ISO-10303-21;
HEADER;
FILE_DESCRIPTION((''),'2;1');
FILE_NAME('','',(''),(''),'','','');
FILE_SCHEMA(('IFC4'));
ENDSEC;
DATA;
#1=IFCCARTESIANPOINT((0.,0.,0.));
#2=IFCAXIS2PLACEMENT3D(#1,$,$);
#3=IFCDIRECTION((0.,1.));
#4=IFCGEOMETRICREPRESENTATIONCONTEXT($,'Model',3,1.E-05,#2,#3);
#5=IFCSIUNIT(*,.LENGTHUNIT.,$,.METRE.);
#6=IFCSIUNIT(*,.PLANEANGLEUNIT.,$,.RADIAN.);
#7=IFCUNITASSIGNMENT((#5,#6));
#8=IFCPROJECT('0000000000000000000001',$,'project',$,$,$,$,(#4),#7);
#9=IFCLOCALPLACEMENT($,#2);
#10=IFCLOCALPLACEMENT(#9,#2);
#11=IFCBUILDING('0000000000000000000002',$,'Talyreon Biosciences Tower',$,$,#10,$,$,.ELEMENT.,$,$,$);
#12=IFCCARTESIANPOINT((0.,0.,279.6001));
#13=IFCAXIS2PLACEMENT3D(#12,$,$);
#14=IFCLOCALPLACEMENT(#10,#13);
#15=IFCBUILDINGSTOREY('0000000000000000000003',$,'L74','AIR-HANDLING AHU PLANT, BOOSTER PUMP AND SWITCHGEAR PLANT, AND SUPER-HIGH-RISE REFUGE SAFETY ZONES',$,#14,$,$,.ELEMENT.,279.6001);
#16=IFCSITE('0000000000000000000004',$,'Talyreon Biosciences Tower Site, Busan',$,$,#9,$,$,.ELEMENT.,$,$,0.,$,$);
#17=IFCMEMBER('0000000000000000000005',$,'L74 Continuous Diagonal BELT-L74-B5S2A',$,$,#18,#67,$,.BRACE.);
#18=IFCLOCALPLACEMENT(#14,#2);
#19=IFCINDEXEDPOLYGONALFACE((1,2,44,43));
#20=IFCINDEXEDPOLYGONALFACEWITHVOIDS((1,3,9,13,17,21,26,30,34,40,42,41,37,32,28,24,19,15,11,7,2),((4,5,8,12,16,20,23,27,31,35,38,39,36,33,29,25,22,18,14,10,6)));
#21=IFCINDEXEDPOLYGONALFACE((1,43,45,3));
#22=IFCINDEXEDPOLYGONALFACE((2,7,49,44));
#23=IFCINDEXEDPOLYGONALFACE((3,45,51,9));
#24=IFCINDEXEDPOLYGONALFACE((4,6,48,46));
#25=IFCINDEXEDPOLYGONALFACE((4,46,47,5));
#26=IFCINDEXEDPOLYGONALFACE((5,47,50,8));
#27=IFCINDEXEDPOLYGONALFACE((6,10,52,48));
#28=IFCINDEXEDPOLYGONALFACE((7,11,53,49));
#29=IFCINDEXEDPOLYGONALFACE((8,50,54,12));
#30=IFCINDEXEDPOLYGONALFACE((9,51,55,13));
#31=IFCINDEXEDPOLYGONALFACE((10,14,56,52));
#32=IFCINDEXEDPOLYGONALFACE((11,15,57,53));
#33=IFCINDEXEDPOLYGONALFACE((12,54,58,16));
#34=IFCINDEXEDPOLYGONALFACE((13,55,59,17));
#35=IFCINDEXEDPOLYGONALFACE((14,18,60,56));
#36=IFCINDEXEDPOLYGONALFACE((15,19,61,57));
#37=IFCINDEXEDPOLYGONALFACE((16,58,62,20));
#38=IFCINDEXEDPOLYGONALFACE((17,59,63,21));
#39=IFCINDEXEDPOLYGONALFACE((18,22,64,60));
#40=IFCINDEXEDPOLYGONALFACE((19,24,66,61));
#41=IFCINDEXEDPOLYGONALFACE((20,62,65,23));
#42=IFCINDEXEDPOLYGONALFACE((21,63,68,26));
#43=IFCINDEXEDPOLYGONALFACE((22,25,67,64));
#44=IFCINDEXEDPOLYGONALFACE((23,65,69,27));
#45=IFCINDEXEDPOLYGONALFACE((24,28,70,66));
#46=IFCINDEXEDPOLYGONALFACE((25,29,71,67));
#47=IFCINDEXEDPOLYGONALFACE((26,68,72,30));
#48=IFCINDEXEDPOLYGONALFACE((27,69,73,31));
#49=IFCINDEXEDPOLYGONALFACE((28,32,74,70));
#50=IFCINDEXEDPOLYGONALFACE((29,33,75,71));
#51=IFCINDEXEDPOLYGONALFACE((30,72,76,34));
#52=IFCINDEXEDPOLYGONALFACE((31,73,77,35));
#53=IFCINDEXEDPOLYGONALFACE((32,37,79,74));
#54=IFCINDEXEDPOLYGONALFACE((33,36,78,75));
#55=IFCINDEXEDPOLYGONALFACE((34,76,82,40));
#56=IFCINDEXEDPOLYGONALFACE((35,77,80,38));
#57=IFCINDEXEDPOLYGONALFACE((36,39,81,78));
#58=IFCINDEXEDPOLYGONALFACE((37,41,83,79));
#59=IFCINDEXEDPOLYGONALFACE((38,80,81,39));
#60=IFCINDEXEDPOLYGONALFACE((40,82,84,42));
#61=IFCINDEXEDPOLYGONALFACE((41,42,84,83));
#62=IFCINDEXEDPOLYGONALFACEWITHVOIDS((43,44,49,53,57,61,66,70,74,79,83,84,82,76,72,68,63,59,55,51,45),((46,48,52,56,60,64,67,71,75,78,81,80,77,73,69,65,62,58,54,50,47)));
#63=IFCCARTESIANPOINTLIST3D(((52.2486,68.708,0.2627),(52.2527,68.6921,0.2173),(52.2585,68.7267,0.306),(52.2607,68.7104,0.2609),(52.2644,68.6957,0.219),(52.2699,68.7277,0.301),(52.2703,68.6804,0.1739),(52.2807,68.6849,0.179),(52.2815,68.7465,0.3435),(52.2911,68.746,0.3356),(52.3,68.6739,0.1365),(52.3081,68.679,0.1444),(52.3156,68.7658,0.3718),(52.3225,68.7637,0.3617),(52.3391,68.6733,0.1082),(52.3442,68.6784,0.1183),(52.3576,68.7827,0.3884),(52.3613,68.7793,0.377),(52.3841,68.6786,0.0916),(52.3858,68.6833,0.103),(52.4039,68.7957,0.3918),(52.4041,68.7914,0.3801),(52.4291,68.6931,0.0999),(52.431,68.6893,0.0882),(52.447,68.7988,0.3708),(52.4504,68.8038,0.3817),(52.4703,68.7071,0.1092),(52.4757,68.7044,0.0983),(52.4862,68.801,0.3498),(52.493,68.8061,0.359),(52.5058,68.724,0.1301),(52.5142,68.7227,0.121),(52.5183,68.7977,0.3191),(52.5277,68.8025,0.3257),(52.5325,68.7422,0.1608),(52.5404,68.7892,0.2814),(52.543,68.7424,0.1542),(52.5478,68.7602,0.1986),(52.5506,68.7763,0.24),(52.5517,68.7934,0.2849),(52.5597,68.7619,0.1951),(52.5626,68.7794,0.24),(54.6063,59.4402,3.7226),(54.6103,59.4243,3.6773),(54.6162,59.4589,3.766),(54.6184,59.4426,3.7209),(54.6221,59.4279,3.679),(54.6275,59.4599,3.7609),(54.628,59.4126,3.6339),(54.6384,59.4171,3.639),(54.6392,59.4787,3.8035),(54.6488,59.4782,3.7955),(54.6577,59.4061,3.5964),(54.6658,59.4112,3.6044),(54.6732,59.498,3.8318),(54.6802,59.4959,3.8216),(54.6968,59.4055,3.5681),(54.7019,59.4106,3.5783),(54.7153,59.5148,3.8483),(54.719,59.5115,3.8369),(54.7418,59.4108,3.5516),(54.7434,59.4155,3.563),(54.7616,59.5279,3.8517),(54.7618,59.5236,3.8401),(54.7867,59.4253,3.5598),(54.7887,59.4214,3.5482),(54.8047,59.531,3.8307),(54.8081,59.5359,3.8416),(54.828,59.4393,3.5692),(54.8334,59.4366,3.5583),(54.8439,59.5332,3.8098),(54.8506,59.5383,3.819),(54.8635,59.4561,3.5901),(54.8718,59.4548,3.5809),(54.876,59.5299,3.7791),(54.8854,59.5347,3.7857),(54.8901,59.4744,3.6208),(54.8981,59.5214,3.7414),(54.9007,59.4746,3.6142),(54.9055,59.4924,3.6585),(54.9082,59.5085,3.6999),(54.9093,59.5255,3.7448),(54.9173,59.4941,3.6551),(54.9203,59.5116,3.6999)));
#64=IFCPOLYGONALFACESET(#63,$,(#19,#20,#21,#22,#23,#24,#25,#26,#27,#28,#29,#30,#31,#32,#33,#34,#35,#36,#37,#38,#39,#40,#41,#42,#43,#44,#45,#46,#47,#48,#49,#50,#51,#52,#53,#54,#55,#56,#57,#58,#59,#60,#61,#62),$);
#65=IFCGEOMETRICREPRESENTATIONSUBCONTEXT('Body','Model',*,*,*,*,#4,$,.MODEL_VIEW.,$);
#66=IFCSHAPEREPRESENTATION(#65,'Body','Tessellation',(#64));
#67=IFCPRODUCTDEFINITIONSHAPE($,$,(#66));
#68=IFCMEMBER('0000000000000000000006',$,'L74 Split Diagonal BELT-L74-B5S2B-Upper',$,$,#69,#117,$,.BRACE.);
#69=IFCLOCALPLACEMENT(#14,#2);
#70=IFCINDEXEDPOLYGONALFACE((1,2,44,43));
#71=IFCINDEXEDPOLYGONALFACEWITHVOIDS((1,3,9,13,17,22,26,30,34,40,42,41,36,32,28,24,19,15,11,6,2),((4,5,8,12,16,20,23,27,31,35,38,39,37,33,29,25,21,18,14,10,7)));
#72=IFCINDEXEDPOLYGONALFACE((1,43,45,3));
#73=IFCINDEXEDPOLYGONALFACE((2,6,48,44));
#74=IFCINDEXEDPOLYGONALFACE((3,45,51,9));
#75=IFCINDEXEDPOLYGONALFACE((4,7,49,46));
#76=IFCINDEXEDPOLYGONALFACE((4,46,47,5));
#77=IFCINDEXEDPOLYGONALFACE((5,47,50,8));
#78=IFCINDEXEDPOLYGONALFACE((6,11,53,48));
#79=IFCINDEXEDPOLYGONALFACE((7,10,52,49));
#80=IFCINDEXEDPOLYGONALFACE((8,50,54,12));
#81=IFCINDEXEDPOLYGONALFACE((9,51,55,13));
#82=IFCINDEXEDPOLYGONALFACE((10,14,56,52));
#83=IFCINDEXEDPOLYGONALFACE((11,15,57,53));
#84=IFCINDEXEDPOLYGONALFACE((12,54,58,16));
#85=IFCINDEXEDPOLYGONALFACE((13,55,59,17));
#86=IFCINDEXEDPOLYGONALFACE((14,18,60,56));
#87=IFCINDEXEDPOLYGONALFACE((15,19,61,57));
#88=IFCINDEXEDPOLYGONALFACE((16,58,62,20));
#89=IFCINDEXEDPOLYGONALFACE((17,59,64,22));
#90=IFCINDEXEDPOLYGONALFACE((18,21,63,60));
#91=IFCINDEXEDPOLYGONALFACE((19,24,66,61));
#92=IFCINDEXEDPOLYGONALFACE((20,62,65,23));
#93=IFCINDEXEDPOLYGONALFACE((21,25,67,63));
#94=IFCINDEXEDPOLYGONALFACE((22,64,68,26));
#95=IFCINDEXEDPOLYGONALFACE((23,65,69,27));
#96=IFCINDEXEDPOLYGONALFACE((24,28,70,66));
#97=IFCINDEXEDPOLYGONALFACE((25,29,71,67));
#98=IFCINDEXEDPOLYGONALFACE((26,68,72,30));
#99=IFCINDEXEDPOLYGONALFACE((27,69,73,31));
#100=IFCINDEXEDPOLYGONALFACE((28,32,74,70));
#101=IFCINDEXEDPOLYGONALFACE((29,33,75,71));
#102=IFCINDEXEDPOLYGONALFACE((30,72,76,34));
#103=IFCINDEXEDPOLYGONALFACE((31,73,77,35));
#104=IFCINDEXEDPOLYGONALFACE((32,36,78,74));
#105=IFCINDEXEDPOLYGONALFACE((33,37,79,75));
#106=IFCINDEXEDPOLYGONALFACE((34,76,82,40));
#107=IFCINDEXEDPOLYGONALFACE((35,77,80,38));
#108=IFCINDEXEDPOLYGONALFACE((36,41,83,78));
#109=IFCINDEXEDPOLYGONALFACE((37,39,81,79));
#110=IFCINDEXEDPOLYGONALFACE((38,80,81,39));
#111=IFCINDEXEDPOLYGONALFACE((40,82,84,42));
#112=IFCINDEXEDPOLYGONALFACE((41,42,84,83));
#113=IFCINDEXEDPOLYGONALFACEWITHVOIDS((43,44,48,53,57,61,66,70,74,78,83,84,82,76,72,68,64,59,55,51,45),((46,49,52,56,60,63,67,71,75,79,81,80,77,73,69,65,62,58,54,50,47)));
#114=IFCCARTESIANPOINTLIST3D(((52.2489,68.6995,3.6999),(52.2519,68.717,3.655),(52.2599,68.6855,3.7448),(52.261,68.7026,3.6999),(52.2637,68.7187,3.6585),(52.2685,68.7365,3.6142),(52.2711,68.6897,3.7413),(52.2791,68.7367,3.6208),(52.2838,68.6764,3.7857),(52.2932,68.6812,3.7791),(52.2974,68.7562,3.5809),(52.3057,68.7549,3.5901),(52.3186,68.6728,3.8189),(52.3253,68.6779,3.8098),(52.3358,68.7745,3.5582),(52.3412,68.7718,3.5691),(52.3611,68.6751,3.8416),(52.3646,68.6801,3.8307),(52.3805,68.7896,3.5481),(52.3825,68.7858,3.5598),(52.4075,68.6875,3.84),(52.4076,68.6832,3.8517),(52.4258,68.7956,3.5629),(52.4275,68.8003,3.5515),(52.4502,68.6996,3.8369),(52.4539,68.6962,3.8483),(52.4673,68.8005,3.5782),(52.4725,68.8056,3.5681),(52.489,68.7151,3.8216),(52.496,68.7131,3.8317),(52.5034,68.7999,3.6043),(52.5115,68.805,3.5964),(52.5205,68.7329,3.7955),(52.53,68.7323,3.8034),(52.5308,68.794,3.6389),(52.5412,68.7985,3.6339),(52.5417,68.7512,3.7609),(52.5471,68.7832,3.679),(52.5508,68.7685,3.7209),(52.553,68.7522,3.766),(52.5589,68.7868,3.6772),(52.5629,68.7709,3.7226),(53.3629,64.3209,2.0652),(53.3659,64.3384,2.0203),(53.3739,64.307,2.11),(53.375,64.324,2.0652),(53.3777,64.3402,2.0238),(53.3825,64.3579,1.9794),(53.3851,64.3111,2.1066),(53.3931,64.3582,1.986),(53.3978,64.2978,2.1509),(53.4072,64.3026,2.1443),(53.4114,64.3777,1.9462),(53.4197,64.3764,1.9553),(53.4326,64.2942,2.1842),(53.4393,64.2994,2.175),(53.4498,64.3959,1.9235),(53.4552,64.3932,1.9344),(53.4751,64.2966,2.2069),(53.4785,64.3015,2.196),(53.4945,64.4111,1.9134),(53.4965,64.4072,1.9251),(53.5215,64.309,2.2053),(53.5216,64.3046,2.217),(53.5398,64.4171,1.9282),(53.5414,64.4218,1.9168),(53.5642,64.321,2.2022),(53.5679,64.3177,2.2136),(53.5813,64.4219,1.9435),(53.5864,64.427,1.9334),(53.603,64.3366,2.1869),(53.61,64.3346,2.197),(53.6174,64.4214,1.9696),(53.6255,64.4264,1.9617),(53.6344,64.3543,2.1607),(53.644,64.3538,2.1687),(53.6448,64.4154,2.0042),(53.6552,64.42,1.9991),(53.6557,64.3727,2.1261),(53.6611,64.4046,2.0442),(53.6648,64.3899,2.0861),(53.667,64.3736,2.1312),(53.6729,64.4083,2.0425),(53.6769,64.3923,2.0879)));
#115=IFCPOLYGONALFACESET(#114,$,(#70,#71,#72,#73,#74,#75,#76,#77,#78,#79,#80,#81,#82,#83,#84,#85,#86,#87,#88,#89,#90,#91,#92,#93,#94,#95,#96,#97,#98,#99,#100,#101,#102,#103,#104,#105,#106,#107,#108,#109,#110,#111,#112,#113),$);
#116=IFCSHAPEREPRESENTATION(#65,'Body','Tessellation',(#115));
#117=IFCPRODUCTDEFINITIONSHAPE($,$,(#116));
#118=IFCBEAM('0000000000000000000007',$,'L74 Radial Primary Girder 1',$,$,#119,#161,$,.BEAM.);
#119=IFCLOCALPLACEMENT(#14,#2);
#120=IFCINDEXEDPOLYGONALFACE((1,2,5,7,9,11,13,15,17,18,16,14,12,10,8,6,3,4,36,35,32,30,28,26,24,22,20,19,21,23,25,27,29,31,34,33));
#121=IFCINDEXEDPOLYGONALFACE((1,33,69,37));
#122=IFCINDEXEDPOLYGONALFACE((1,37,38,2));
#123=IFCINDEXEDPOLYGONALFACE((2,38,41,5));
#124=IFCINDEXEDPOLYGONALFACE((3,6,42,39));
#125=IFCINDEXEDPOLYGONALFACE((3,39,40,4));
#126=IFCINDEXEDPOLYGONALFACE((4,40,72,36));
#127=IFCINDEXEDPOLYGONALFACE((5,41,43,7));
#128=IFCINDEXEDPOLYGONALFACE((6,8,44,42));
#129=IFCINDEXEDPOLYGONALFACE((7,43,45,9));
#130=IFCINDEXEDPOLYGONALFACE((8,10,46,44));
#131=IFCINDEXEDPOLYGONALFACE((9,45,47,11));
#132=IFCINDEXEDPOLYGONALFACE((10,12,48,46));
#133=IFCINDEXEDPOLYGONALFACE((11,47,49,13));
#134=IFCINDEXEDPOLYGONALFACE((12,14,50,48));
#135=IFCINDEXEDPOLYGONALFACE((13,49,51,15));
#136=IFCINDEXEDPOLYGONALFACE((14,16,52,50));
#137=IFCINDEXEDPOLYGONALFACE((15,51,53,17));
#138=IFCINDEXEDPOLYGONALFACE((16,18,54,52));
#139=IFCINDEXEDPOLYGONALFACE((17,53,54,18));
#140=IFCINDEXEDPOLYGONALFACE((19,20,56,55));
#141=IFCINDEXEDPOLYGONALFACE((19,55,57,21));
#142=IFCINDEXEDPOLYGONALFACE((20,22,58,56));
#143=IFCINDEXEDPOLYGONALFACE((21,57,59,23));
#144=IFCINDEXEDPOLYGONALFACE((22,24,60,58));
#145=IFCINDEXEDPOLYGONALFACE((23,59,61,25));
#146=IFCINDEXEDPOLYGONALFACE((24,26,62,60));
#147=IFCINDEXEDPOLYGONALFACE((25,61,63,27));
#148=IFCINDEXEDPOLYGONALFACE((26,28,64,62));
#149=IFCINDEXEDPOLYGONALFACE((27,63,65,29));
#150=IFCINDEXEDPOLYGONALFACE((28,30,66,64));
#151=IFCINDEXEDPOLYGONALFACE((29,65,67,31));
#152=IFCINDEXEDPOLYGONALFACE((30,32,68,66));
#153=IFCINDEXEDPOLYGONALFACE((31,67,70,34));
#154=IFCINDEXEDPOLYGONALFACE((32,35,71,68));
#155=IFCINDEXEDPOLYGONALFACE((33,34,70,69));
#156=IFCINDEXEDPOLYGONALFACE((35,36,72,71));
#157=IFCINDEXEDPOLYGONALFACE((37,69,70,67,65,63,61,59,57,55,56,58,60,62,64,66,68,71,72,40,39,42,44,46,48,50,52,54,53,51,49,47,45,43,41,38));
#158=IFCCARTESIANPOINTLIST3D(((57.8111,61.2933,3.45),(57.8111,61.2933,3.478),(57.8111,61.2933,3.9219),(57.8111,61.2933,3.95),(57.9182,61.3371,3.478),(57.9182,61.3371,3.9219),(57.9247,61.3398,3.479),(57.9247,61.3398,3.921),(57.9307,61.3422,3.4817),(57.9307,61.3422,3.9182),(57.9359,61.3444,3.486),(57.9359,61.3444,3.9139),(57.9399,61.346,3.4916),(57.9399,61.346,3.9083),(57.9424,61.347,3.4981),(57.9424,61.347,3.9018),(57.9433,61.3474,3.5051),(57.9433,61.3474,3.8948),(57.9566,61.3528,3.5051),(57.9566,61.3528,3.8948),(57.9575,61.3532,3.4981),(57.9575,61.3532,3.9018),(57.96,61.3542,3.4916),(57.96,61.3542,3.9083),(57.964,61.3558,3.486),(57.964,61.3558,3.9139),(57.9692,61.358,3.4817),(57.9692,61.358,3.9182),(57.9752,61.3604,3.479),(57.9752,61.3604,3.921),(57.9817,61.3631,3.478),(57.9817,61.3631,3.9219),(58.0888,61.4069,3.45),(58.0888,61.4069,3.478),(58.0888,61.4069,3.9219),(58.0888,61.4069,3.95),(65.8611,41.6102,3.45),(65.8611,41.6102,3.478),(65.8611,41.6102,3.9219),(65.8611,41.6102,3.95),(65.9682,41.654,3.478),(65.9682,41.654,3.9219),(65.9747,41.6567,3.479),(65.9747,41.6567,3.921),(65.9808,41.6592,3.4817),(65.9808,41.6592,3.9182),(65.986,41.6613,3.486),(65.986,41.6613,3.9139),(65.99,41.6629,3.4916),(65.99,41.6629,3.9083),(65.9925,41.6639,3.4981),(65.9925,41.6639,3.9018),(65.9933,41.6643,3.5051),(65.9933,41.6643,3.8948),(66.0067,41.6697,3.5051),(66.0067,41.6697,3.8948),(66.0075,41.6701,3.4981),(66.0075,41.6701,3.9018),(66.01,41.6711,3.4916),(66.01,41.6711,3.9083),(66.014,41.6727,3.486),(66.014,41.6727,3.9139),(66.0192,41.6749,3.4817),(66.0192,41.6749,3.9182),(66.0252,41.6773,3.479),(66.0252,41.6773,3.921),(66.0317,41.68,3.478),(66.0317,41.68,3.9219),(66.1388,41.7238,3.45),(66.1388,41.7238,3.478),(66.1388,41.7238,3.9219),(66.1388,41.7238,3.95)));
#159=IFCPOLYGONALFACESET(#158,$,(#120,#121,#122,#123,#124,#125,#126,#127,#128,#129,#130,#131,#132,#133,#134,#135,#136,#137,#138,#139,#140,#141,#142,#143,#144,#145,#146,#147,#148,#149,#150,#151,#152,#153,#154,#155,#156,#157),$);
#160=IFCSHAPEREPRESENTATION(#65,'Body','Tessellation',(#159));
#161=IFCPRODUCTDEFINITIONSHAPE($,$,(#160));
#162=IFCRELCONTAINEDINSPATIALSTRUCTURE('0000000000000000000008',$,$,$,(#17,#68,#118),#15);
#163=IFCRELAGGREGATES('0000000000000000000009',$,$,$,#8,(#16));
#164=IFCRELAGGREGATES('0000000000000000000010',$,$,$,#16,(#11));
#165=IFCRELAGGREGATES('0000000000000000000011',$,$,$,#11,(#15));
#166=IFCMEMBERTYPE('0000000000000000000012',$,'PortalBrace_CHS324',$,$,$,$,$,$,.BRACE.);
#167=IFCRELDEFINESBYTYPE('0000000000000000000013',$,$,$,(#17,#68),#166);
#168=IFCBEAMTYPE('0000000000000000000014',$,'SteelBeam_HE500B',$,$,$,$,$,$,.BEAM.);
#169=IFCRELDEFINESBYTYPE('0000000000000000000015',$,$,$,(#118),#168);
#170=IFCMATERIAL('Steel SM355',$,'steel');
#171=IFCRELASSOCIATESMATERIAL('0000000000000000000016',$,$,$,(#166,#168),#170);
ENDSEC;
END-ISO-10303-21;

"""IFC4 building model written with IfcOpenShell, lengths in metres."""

from ifc_helpers import new_model, si_unit, direction, frame, origin, origin_2d, place, context, subcontext, project, spatial, hollow_circle, i_section, extrude, material, material_profile, profile_set, type_object, element, save


model = new_model("IFC4")

# Units and contexts
model_context = context("Model", 3, precision=1e-05, world=origin(), true_north=direction((0.0, 1.0)))
body_context = subcontext(model_context, "Body", "Model", "MODEL_VIEW")
ifc_project = project(units=[si_unit("LENGTHUNIT", "METRE"), si_unit("PLANEANGLEUNIT", "RADIAN")], contexts=[model_context])

# Site, building, storey
site_placement = place(None, origin())
site = spatial("IfcSite", under=ifc_project, at=site_placement, Name="Talyreon Biosciences Tower Site, Busan", CompositionType="ELEMENT", RefElevation=0.0)
building_placement = place(site_placement, origin())
building = spatial("IfcBuilding", under=site, at=building_placement, Name="Talyreon Biosciences Tower", CompositionType="ELEMENT")
storey_placement = place(building_placement, frame((0.0, 0.0, 279.6001)))
storey = spatial("IfcBuildingStorey", under=building, at=storey_placement, Name="L74", Description="AIR-HANDLING AHU PLANT, BOOSTER PUMP AND SWITCHGEAR PLANT, AND SUPER-HIGH-RISE REFUGE SAFETY ZONES", CompositionType="ELEMENT", Elevation=279.6001)

# Shared definitions
ifc_material_1 = material(Name="Steel SM355", Category="steel")

# Members
ifc_material_profile_1 = material_profile(ifc_material_1, hollow_circle(Radius=0.1619, WallThickness=0.0125, at=origin_2d()), Name="CHS 323.9x12.5")
ifc_profile_set_1 = profile_set([ifc_material_profile_1], Name="Steel SM355")
member_type_1 = type_object("IfcMemberType", Name="PortalBrace_CHS324", PredefinedType="BRACE", material=ifc_profile_set_1)
member_1_placement = place(storey_placement, frame((52.4058, 68.7395, 0.24), z_axis=(0.231833, -0.911319, 0.340223), x_axis=(0.969133, 0.24654, 0.0)))
element("IfcMember", 1, at=member_1_placement, inside=storey, type_object=member_type_1, Name="L74 Continuous Diagonal BELT-L74-B5S2A", PredefinedType="BRACE", context=body_context, shape_type="SweptSolid", body=[
    extrude(hollow_circle(Radius=0.1619, WallThickness=0.0125, at=origin_2d()), origin(), (0.0, 0.0, 1.0), 10.1697),
])
member_2_placement = place(storey_placement, frame((53.5198, 64.3608, 2.0652), z_axis=(-0.231854, 0.911309, 0.340235), x_axis=(-0.969127, -0.246564, 0.0)))
element("IfcMember", 2, at=member_2_placement, inside=storey, type_object=member_type_1, Name="L74 Split Diagonal BELT-L74-B5S2B-Upper", PredefinedType="BRACE", context=body_context, shape_type="SweptSolid", body=[
    extrude(hollow_circle(Radius=0.1619, WallThickness=0.0125, at=origin_2d()), origin(), (0.0, 0.0, 1.0), 4.8047),
])

# Beam
ifc_material_profile_2 = material_profile(ifc_material_1, i_section(OverallWidth=0.3, OverallDepth=0.5, WebThickness=0.0144, FlangeThickness=0.0281, FilletRadius=0.0271, at=origin_2d()), Name="HE500B")
ifc_profile_set_2 = profile_set([ifc_material_profile_2], Name="Steel SM355")
beam_type_1 = type_object("IfcBeamType", Name="SteelBeam_HE500B", PredefinedType="BEAM", material=ifc_profile_set_2)
beam_1_placement = place(storey_placement, frame((57.95, 61.3501, 3.7), z_axis=(0.378547, -0.925582, 0.0), x_axis=(0.925582, 0.378547, 0.0)))
element("IfcBeam", 3, at=beam_1_placement, inside=storey, type_object=beam_type_1, Name="L74 Radial Primary Girder 1", PredefinedType="BEAM", context=body_context, shape_type="SweptSolid", body=[
    extrude(i_section(OverallWidth=0.3, OverallDepth=0.5, WebThickness=0.0144, FlangeThickness=0.0281, FilletRadius=0.0271, at=origin_2d()), origin(), (0.0, 0.0, 1.0), 21.2656),
])

save(model, "model.ifc")
